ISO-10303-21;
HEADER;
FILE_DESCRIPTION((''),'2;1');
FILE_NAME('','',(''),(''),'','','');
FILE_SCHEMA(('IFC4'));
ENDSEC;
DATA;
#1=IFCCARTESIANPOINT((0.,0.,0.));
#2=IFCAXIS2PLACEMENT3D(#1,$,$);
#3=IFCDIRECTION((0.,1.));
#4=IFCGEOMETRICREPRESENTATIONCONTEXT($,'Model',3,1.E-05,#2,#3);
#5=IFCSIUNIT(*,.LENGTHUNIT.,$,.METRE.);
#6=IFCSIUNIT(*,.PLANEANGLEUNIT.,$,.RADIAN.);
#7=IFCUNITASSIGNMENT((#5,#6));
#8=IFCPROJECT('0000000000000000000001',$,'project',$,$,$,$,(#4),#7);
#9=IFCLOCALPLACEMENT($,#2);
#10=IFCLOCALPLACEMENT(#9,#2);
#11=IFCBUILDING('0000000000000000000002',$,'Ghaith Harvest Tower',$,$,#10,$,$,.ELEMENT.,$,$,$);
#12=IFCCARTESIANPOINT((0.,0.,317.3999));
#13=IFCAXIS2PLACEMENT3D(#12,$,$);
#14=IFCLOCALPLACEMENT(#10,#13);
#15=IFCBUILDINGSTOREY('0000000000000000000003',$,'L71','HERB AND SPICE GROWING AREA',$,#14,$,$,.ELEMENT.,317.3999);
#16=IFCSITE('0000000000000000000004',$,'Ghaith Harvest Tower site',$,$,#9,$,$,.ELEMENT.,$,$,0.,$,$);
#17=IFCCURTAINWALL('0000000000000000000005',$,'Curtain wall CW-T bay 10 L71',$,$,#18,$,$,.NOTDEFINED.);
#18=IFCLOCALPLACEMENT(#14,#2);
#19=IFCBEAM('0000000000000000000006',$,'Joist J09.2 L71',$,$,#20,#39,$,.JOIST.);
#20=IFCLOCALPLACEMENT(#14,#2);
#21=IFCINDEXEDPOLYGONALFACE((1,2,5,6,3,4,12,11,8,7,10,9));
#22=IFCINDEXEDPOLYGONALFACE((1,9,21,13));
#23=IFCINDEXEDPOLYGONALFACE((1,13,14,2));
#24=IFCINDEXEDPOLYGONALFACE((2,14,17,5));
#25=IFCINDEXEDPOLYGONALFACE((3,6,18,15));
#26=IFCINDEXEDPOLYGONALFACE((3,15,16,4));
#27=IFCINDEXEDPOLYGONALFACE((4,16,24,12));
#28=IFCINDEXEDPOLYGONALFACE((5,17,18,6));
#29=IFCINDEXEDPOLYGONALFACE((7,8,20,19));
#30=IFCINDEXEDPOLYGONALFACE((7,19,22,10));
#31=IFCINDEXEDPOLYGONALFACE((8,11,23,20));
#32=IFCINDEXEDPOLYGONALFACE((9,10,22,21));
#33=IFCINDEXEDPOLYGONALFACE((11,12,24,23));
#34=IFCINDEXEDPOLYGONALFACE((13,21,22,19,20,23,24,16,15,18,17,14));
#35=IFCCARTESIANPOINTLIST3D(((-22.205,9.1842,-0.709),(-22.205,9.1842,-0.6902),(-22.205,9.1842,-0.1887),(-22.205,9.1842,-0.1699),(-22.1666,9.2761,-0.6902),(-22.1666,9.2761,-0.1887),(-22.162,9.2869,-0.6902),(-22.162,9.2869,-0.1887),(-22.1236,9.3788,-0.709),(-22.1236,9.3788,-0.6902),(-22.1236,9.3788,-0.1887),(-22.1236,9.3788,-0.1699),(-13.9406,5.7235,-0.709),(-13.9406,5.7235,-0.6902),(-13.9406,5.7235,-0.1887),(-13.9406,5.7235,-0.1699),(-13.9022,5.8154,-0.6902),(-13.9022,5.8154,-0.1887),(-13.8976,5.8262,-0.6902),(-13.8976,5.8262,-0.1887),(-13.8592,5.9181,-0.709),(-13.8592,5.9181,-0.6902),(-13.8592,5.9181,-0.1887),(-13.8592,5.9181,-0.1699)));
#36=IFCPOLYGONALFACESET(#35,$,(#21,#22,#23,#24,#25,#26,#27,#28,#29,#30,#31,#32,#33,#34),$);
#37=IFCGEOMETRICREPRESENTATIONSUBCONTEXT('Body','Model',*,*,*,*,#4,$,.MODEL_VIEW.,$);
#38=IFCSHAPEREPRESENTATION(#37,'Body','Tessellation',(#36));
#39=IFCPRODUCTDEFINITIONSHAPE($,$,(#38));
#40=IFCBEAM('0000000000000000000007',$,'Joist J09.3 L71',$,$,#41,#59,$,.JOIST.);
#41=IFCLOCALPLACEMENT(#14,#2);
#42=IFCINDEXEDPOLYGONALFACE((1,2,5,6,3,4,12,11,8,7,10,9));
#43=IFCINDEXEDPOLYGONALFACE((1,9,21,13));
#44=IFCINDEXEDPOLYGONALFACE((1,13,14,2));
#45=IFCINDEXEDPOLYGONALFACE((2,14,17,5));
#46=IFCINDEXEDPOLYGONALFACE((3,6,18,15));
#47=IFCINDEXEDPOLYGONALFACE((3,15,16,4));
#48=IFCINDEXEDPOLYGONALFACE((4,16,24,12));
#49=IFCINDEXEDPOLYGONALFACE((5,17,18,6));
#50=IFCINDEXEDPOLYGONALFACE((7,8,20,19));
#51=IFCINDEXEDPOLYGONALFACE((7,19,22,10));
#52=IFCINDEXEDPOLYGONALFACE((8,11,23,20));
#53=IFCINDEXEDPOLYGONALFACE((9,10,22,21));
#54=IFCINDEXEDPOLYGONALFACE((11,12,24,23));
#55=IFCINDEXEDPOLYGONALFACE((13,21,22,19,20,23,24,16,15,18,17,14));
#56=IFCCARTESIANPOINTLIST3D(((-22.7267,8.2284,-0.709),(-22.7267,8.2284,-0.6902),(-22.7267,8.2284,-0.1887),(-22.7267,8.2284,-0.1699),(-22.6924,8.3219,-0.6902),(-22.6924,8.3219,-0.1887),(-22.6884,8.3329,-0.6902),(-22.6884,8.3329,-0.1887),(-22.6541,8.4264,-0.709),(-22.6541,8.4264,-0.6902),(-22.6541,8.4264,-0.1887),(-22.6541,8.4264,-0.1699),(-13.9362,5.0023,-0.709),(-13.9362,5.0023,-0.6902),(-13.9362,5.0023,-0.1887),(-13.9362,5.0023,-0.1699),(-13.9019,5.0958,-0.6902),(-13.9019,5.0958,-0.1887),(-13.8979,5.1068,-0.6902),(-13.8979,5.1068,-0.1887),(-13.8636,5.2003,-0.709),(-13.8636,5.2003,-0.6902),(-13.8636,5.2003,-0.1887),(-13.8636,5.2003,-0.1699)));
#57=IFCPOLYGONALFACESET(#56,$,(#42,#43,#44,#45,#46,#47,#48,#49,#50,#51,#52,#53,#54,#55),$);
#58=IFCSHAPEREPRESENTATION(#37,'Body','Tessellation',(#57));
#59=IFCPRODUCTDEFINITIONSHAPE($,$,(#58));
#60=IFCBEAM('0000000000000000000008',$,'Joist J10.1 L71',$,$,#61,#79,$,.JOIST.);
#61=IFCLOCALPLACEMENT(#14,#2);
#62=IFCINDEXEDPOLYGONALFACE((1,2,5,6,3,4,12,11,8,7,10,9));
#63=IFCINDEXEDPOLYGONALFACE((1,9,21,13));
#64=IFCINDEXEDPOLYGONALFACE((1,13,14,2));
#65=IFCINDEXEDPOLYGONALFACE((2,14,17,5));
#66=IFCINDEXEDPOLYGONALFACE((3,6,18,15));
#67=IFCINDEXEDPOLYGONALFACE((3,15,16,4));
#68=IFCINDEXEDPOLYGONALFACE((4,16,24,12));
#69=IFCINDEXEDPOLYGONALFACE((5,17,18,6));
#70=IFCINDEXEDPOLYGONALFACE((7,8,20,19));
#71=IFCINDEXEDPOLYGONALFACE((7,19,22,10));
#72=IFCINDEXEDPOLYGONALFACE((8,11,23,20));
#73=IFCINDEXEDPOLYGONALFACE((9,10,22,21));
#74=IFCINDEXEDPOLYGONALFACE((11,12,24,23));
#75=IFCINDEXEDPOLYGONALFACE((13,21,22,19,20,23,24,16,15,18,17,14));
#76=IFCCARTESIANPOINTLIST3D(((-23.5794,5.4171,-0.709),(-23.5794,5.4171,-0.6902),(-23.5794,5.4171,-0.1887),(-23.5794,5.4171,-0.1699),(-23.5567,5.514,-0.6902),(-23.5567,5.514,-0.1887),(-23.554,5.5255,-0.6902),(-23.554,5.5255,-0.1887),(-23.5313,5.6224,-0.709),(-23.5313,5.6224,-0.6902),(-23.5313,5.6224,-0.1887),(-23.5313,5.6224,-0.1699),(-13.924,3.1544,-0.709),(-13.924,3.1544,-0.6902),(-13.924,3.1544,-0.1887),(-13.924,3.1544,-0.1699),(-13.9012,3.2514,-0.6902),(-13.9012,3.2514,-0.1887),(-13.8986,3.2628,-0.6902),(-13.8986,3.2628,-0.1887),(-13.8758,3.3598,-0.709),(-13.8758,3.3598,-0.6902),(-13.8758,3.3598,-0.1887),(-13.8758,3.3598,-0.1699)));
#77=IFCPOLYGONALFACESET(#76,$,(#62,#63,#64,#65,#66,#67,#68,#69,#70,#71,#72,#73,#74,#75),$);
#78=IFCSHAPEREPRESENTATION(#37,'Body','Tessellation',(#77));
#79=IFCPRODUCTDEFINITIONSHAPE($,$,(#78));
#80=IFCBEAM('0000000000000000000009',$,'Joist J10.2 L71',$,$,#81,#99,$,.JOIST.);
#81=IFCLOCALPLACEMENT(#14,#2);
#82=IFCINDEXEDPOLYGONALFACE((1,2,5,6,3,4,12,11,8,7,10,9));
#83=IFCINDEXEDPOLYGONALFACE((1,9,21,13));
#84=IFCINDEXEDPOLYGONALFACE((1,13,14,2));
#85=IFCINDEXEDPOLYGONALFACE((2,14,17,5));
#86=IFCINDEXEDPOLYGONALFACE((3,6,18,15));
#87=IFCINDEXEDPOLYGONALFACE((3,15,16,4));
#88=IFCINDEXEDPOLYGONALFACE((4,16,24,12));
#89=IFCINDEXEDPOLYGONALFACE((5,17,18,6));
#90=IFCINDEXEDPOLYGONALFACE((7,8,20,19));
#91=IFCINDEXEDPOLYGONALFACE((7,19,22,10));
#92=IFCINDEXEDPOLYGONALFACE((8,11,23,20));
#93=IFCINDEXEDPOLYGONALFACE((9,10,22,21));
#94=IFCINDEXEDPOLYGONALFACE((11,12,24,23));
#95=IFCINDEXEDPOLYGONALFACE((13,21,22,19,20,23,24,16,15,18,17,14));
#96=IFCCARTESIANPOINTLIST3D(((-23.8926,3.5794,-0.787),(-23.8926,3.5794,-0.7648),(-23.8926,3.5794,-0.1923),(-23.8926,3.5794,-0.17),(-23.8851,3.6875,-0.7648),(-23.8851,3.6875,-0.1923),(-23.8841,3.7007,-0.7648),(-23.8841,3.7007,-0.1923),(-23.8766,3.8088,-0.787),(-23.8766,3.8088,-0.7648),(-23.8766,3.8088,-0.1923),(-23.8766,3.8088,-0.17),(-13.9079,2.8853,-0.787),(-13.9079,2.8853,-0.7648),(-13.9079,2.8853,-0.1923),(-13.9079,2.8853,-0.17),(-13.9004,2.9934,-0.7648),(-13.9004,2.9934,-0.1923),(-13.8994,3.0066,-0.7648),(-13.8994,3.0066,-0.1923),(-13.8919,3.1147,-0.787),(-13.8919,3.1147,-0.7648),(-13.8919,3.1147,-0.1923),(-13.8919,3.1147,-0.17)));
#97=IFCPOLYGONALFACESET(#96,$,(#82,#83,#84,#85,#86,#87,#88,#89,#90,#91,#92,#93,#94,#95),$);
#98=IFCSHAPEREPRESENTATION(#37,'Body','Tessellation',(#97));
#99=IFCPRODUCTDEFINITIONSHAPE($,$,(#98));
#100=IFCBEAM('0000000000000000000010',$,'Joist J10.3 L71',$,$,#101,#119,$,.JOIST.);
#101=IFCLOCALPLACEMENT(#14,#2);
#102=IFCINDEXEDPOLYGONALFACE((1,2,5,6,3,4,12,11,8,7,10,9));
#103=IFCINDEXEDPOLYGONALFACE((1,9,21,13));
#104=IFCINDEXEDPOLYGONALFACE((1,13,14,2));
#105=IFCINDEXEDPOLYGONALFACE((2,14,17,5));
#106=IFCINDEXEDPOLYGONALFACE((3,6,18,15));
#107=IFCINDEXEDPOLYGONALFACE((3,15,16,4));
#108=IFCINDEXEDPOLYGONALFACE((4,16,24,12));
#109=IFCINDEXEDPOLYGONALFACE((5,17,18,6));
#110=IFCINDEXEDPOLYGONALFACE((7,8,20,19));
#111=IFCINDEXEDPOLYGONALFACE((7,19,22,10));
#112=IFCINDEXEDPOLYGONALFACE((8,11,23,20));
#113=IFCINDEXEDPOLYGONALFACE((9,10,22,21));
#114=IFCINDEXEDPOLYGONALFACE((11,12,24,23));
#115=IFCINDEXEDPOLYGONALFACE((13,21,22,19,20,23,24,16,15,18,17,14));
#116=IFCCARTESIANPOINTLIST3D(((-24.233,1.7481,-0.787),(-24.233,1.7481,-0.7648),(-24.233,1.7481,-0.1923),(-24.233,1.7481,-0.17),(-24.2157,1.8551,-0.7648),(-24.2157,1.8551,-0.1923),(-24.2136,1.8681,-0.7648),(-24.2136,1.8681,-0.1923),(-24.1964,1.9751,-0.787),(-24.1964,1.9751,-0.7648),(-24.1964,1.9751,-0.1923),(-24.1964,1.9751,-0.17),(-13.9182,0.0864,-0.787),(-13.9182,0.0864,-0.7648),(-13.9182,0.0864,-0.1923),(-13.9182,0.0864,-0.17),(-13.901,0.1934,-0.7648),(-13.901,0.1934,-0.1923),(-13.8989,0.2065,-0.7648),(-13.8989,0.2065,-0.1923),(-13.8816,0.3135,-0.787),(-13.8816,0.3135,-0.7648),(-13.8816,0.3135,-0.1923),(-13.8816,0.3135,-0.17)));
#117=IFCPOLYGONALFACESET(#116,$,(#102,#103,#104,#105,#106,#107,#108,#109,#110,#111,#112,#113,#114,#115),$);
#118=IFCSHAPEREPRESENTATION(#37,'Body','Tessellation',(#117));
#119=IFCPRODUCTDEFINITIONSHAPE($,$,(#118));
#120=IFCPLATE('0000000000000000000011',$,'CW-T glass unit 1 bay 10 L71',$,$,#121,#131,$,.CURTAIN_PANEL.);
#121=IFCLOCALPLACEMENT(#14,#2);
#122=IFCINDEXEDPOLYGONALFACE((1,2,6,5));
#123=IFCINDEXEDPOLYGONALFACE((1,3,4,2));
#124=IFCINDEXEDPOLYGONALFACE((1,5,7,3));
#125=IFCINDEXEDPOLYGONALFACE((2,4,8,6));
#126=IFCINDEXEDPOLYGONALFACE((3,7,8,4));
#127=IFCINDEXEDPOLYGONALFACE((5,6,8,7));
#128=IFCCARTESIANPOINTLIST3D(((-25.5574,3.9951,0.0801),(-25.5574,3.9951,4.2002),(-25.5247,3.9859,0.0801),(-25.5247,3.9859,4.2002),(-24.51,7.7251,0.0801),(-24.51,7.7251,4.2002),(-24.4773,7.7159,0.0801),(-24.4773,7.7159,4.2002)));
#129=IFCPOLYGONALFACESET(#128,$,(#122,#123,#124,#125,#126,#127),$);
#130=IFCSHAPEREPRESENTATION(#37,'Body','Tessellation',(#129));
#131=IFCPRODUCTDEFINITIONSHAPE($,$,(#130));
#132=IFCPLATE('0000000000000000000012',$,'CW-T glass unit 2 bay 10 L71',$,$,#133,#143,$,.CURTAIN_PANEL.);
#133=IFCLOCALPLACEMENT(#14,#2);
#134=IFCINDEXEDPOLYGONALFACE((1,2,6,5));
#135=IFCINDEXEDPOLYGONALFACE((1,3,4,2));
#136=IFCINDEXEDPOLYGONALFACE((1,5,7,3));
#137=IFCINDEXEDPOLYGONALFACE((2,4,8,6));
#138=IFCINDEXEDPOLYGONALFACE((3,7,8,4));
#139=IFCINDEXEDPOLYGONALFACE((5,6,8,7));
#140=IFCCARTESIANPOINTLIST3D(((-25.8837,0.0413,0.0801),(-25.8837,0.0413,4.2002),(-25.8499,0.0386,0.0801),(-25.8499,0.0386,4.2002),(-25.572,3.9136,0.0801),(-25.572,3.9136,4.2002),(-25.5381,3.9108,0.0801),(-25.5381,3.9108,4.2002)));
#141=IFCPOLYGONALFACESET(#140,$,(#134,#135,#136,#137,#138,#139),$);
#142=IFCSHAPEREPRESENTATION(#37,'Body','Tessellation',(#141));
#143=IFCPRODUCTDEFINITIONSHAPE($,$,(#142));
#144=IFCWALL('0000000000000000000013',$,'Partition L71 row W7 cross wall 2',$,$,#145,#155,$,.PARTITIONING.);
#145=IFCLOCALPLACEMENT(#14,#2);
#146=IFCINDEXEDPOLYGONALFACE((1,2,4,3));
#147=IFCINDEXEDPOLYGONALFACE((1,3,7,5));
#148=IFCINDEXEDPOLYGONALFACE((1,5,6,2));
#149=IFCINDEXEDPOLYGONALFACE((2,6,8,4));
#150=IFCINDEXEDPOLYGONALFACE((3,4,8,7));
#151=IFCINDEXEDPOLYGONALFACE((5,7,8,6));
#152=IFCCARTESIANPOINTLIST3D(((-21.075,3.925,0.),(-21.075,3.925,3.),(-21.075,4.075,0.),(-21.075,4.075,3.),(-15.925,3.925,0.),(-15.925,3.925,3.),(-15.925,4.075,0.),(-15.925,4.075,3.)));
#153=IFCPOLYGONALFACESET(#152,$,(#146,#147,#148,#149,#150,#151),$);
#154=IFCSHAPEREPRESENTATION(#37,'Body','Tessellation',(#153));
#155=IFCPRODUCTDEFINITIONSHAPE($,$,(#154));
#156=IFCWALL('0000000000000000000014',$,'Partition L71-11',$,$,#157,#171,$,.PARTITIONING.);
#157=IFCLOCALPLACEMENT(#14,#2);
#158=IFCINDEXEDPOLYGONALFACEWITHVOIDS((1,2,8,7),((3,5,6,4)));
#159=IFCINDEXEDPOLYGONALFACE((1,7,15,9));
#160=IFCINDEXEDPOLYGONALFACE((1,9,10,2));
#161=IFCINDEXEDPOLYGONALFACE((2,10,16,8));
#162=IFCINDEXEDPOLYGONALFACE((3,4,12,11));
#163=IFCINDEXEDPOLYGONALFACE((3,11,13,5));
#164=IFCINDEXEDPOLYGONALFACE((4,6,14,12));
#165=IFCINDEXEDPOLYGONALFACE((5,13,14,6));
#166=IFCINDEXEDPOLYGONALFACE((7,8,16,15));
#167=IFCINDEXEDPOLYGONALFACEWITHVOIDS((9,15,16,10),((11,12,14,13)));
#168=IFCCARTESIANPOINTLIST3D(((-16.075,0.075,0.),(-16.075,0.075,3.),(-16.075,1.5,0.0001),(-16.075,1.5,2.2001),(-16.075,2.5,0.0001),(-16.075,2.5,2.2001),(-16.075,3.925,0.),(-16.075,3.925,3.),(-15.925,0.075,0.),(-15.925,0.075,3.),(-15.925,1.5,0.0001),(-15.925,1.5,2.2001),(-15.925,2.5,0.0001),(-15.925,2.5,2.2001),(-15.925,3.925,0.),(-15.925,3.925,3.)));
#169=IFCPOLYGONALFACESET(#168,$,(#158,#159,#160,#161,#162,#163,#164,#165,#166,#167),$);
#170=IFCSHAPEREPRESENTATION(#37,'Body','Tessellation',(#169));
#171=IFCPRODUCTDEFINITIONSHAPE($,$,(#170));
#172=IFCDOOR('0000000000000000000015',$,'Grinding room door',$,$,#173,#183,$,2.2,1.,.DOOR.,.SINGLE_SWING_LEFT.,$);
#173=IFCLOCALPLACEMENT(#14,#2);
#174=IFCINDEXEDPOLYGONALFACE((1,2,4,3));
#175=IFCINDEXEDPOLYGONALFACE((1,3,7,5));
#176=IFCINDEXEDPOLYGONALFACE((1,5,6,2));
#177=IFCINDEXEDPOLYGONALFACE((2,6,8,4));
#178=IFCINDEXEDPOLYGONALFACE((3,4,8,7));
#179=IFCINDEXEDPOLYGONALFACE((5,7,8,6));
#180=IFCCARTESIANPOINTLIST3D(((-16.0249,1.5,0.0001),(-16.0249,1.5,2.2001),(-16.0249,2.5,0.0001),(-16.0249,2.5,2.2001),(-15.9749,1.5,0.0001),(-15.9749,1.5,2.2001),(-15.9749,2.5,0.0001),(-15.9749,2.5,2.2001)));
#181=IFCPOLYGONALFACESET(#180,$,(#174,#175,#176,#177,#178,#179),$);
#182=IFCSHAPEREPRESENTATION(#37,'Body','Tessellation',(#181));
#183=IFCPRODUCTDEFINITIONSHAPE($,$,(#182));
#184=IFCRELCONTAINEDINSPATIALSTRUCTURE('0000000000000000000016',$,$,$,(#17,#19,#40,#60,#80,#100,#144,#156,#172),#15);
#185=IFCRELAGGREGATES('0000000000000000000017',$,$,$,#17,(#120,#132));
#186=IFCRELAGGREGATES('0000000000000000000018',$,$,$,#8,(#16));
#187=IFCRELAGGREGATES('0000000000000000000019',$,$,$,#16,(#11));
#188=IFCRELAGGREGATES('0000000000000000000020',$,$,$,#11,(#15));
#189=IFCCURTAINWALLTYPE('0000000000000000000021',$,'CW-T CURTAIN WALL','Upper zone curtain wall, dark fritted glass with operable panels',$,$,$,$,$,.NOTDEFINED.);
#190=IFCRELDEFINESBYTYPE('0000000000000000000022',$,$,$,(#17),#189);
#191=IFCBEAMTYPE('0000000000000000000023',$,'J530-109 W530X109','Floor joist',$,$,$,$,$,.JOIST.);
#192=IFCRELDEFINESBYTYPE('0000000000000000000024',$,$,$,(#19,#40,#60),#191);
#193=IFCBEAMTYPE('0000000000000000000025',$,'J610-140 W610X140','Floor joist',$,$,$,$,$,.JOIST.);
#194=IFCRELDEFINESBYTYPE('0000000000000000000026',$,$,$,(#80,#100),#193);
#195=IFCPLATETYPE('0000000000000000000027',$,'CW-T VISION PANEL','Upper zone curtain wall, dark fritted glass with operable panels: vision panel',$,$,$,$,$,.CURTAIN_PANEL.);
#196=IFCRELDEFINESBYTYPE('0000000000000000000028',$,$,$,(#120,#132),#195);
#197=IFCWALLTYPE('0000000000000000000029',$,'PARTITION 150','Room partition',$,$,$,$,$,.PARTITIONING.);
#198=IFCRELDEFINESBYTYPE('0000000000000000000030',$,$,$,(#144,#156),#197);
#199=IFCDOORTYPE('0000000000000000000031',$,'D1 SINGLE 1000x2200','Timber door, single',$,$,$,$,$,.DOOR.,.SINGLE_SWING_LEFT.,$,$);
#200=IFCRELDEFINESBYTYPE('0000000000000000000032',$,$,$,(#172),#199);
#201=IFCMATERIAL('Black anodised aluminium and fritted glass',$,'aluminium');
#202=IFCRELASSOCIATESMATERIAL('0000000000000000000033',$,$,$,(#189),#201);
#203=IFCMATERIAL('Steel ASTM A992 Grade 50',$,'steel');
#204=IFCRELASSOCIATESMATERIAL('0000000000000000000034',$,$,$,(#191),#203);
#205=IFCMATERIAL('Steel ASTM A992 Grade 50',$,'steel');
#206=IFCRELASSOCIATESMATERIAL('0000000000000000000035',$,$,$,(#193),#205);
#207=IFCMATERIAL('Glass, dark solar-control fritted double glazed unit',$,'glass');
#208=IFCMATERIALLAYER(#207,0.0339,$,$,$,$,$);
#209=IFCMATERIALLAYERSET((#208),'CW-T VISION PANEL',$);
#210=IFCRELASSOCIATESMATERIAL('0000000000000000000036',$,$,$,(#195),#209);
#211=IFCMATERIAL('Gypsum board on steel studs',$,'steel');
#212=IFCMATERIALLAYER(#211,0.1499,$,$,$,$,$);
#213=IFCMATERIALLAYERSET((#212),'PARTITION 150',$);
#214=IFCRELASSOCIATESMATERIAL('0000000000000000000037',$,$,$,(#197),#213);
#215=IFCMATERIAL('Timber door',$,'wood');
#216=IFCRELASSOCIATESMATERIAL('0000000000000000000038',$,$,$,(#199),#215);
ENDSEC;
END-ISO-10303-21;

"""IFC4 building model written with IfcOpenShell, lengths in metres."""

from ifc_helpers import new_model, si_unit, direction, frame, frame_2d, origin, origin_2d, place, context, subcontext, project, spatial, rectangle, i_section, extrude, material, layer, layer_set, material_profile, profile_set, type_object, element, fill, aggregate, save


model = new_model("IFC4")

# Units and contexts
model_context = context("Model", 3, precision=1e-05, world=origin(), true_north=direction((0.0, 1.0)))
body_context = subcontext(model_context, "Body", "Model", "MODEL_VIEW")
ifc_project = project(units=[si_unit("LENGTHUNIT", "METRE"), si_unit("PLANEANGLEUNIT", "RADIAN")], contexts=[model_context])

# Site, building, storey
site_placement = place(None, origin())
site = spatial("IfcSite", under=ifc_project, at=site_placement, Name="Ghaith Harvest Tower site", CompositionType="ELEMENT", RefElevation=0.0)
building_placement = place(site_placement, origin())
building = spatial("IfcBuilding", under=site, at=building_placement, Name="Ghaith Harvest Tower", CompositionType="ELEMENT")
storey_placement = place(building_placement, frame((0.0, 0.0, 317.3999)))
storey = spatial("IfcBuildingStorey", under=building, at=storey_placement, Name="L71", Description="HERB AND SPICE GROWING AREA", CompositionType="ELEMENT", Elevation=317.3999)

# Curtain wall
ifc_material_1 = material(Name="Black anodised aluminium and fritted glass", Category="aluminium")
curtain_wall_type = type_object("IfcCurtainWallType", Name="CW-T CURTAIN WALL", Description="Upper zone curtain wall, dark fritted glass with operable panels", PredefinedType="NOTDEFINED", material=ifc_material_1)
curtain_wall_placement = place(storey_placement, origin())
curtain_wall = element("IfcCurtainWall", 1, at=curtain_wall_placement, inside=storey, type_object=curtain_wall_type, Name="Curtain wall CW-T bay 10 L71", PredefinedType="NOTDEFINED")

# Beams
ifc_material_2 = material(Name="Steel ASTM A992 Grade 50", Category="steel")
ifc_material_profile_1 = material_profile(ifc_material_2, i_section(OverallWidth=0.2109, OverallDepth=0.5391, WebThickness=0.0117, FlangeThickness=0.0188, at=origin_2d()), Name="W530X109")
ifc_profile_set_1 = profile_set([ifc_material_profile_1], Name="Steel ASTM A992 Grade 50")
beam_type_1 = type_object("IfcBeamType", Name="J530-109 W530X109", Description="Floor joist", PredefinedType="JOIST", material=ifc_profile_set_1)
beam_1_placement = place(storey_placement, frame((-13.8999, 5.8208, -0.4395), z_axis=(-0.922394, 0.38625, 0.0), x_axis=(-0.38625, -0.922394, 0.0)))
element("IfcBeam", 2, at=beam_1_placement, inside=storey, type_object=beam_type_1, Name="Joist J09.2 L71", PredefinedType="JOIST", context=body_context, shape_type="SweptSolid", body=[
    extrude(i_section(OverallWidth=0.2109, OverallDepth=0.5391, WebThickness=0.0117, FlangeThickness=0.0188, at=origin_2d()), origin(), (0.0, 0.0, 1.0), 8.9597),
])
beam_2_placement = place(storey_placement, frame((-13.8999, 5.1013, -0.4395), z_axis=(-0.938777, 0.344526, 0.0), x_axis=(-0.344526, -0.938777, 0.0)))
element("IfcBeam", 3, at=beam_2_placement, inside=storey, type_object=beam_type_1, Name="Joist J09.3 L71", PredefinedType="JOIST", context=body_context, shape_type="SweptSolid", body=[
    extrude(i_section(OverallWidth=0.2109, OverallDepth=0.5391, WebThickness=0.0117, FlangeThickness=0.0188, at=origin_2d()), origin(), (0.0, 0.0, 1.0), 9.3638),
])
beam_3_placement = place(storey_placement, frame((-13.8999, 3.2571, -0.4395), z_axis=(-0.973623, 0.228161, 0.0), x_axis=(-0.228161, -0.973623, 0.0)))
element("IfcBeam", 4, at=beam_3_placement, inside=storey, type_object=beam_type_1, Name="Joist J10.1 L71", PredefinedType="JOIST", context=body_context, shape_type="SweptSolid", body=[
    extrude(i_section(OverallWidth=0.2109, OverallDepth=0.5391, WebThickness=0.0117, FlangeThickness=0.0188, at=origin_2d()), origin(), (0.0, 0.0, 1.0), 9.917),
])
ifc_material_3 = material(Name="Steel ASTM A992 Grade 50", Category="steel")
ifc_material_profile_2 = material_profile(ifc_material_3, i_section(OverallWidth=0.23, OverallDepth=0.6169, WebThickness=0.0132, FlangeThickness=0.0222, at=origin_2d()), Name="W610X140")
ifc_profile_set_2 = profile_set([ifc_material_profile_2], Name="Steel ASTM A992 Grade 50")
beam_type_2 = type_object("IfcBeamType", Name="J610-140 W610X140", Description="Floor joist", PredefinedType="JOIST", material=ifc_profile_set_2)
beam_4_placement = place(storey_placement, frame((-13.8999, 3.0, -0.4785), z_axis=(-0.997592, 0.069349, 0.0), x_axis=(-0.069349, -0.997592, 0.0)))
element("IfcBeam", 5, at=beam_4_placement, inside=storey, type_object=beam_type_2, Name="Joist J10.2 L71", PredefinedType="JOIST", context=body_context, shape_type="SweptSolid", body=[
    extrude(i_section(OverallWidth=0.23, OverallDepth=0.6169, WebThickness=0.0132, FlangeThickness=0.0222, at=origin_2d()), origin(), (0.0, 0.0, 1.0), 10.0088),
])
beam_5_placement = place(storey_placement, frame((-13.8999, 0.2, -0.4785), z_axis=(-0.987272, 0.159042, 0.0), x_axis=(-0.159042, -0.987272, 0.0)))
element("IfcBeam", 6, at=beam_5_placement, inside=storey, type_object=beam_type_2, Name="Joist J10.3 L71", PredefinedType="JOIST", context=body_context, shape_type="SweptSolid", body=[
    extrude(i_section(OverallWidth=0.23, OverallDepth=0.6169, WebThickness=0.0132, FlangeThickness=0.0222, at=origin_2d()), origin(), (0.0, 0.0, 1.0), 10.4478),
])

# Plates
ifc_material_4 = material(Name="Glass, dark solar-control fritted double glazed unit", Category="glass")
ifc_layer_1 = layer(ifc_material_4, 0.0339)
ifc_layer_set_1 = layer_set([ifc_layer_1], Name="CW-T VISION PANEL")
plate_type = type_object("IfcPlateType", Name="CW-T VISION PANEL", Description="Upper zone curtain wall, dark fritted glass with operable panels: vision panel", PredefinedType="CURTAIN_PANEL", material=ifc_layer_set_1)
plate_1_placement = place(storey_placement, frame((-25.0173, 5.8555, 0.0801), z_axis=(0.0, 0.0, 1.0), x_axis=(-0.270355, -0.962761, 0.0)))
plate_1 = element("IfcPlate", 7, at=plate_1_placement, type_object=plate_type, Name="CW-T glass unit 1 bay 10 L71", PredefinedType="CURTAIN_PANEL", context=body_context, shape_type="SweptSolid", body=[
    extrude(rectangle(XDim=3.8743, YDim=0.0339, at=origin_2d()), origin(), (0.0, 0.0, 1.0), 4.1201),
])
plate_2_placement = place(storey_placement, frame((-25.7109, 1.9761, 0.0801), z_axis=(0.0, 0.0, 1.0), x_axis=(-0.080258, -0.996774, 0.0)))
plate_2 = element("IfcPlate", 8, at=plate_2_placement, type_object=plate_type, Name="CW-T glass unit 2 bay 10 L71", PredefinedType="CURTAIN_PANEL", context=body_context, shape_type="SweptSolid", body=[
    extrude(rectangle(XDim=3.8848, YDim=0.0339, at=origin_2d()), origin(), (0.0, 0.0, 1.0), 4.1201),
])
aggregate(curtain_wall, [plate_1, plate_2])

# Wall
ifc_material_5 = material(Name="Gypsum board on steel studs", Category="steel")
ifc_layer_2 = layer(ifc_material_5, 0.1499)
ifc_layer_set_2 = layer_set([ifc_layer_2], Name="PARTITION 150")
wall_type_1 = type_object("IfcWallType", Name="PARTITION 150", Description="Room partition", PredefinedType="PARTITIONING", material=ifc_layer_set_2)
wall_1_placement = place(storey_placement, frame((-15.925, 4.0, 0.0), z_axis=(0.0, 0.0, 1.0), x_axis=(-1.0, 0.0, 0.0)))
element("IfcWall", 9, at=wall_1_placement, inside=storey, type_object=wall_type_1, Name="Partition L71 row W7 cross wall 2", PredefinedType="PARTITIONING", context=body_context, shape_type="SweptSolid", body=[
    extrude(rectangle(XDim=5.1499, YDim=0.1499, at=frame_2d((2.575, 0.0))), origin(), (0.0, 0.0, 1.0), 3.0),
])

# Wall, opening, door
wall_2_placement = place(storey_placement, frame((-16.0, 0.075, 0.0), z_axis=(0.0, 0.0, 1.0), x_axis=(0.0, 1.0, 0.0)))
wall_2 = element("IfcWall", 10, at=wall_2_placement, inside=storey, type_object=wall_type_1, Name="Partition L71-11", PredefinedType="PARTITIONING", context=body_context, shape_type="SweptSolid", body=[
    extrude(rectangle(XDim=3.8501, YDim=0.1499, at=frame_2d((1.925, 0.0))), origin(), (0.0, 0.0, 1.0), 3.0),
])
opening_1_placement = place(wall_2_placement, frame((1.425, 0.0, 0.0)))
opening_1 = element("IfcOpeningElement", 11, at=opening_1_placement, cuts=wall_2, PredefinedType="OPENING", context=body_context, shape_type="SweptSolid", body=[
    extrude(rectangle(XDim=1.0, YDim=2.2, at=frame_2d((0.5, 1.1001))), frame((0.0, 0.085, 0.0), z_axis=(0.0, -1.0, 0.0), x_axis=(1.0, 0.0, 0.0)), (0.0, 0.0, 1.0), 0.1699),
])
ifc_material_6 = material(Name="Timber door", Category="wood")
door_type_1 = type_object("IfcDoorType", Name="D1 SINGLE 1000x2200", Description="Timber door, single", OperationType="SINGLE_SWING_LEFT", PredefinedType="DOOR", material=ifc_material_6)
door_1_placement = place(opening_1_placement, origin())
door_1 = element("IfcDoor", 12, at=door_1_placement, inside=storey, type_object=door_type_1, Name="Grinding room door", OperationType="SINGLE_SWING_LEFT", OverallHeight=2.2, OverallWidth=1.0, PredefinedType="DOOR", context=body_context, shape_type="SweptSolid", body=[
    extrude(rectangle(XDim=1.0, YDim=2.2, at=frame_2d((0.5, 1.1001))), frame((0.0, 0.0249, 0.0), z_axis=(0.0, -1.0, 0.0), x_axis=(1.0, 0.0, 0.0)), (0.0, 0.0, 1.0), 0.05),
])
fill(opening_1, door_1)

save(model, "model.ifc")
